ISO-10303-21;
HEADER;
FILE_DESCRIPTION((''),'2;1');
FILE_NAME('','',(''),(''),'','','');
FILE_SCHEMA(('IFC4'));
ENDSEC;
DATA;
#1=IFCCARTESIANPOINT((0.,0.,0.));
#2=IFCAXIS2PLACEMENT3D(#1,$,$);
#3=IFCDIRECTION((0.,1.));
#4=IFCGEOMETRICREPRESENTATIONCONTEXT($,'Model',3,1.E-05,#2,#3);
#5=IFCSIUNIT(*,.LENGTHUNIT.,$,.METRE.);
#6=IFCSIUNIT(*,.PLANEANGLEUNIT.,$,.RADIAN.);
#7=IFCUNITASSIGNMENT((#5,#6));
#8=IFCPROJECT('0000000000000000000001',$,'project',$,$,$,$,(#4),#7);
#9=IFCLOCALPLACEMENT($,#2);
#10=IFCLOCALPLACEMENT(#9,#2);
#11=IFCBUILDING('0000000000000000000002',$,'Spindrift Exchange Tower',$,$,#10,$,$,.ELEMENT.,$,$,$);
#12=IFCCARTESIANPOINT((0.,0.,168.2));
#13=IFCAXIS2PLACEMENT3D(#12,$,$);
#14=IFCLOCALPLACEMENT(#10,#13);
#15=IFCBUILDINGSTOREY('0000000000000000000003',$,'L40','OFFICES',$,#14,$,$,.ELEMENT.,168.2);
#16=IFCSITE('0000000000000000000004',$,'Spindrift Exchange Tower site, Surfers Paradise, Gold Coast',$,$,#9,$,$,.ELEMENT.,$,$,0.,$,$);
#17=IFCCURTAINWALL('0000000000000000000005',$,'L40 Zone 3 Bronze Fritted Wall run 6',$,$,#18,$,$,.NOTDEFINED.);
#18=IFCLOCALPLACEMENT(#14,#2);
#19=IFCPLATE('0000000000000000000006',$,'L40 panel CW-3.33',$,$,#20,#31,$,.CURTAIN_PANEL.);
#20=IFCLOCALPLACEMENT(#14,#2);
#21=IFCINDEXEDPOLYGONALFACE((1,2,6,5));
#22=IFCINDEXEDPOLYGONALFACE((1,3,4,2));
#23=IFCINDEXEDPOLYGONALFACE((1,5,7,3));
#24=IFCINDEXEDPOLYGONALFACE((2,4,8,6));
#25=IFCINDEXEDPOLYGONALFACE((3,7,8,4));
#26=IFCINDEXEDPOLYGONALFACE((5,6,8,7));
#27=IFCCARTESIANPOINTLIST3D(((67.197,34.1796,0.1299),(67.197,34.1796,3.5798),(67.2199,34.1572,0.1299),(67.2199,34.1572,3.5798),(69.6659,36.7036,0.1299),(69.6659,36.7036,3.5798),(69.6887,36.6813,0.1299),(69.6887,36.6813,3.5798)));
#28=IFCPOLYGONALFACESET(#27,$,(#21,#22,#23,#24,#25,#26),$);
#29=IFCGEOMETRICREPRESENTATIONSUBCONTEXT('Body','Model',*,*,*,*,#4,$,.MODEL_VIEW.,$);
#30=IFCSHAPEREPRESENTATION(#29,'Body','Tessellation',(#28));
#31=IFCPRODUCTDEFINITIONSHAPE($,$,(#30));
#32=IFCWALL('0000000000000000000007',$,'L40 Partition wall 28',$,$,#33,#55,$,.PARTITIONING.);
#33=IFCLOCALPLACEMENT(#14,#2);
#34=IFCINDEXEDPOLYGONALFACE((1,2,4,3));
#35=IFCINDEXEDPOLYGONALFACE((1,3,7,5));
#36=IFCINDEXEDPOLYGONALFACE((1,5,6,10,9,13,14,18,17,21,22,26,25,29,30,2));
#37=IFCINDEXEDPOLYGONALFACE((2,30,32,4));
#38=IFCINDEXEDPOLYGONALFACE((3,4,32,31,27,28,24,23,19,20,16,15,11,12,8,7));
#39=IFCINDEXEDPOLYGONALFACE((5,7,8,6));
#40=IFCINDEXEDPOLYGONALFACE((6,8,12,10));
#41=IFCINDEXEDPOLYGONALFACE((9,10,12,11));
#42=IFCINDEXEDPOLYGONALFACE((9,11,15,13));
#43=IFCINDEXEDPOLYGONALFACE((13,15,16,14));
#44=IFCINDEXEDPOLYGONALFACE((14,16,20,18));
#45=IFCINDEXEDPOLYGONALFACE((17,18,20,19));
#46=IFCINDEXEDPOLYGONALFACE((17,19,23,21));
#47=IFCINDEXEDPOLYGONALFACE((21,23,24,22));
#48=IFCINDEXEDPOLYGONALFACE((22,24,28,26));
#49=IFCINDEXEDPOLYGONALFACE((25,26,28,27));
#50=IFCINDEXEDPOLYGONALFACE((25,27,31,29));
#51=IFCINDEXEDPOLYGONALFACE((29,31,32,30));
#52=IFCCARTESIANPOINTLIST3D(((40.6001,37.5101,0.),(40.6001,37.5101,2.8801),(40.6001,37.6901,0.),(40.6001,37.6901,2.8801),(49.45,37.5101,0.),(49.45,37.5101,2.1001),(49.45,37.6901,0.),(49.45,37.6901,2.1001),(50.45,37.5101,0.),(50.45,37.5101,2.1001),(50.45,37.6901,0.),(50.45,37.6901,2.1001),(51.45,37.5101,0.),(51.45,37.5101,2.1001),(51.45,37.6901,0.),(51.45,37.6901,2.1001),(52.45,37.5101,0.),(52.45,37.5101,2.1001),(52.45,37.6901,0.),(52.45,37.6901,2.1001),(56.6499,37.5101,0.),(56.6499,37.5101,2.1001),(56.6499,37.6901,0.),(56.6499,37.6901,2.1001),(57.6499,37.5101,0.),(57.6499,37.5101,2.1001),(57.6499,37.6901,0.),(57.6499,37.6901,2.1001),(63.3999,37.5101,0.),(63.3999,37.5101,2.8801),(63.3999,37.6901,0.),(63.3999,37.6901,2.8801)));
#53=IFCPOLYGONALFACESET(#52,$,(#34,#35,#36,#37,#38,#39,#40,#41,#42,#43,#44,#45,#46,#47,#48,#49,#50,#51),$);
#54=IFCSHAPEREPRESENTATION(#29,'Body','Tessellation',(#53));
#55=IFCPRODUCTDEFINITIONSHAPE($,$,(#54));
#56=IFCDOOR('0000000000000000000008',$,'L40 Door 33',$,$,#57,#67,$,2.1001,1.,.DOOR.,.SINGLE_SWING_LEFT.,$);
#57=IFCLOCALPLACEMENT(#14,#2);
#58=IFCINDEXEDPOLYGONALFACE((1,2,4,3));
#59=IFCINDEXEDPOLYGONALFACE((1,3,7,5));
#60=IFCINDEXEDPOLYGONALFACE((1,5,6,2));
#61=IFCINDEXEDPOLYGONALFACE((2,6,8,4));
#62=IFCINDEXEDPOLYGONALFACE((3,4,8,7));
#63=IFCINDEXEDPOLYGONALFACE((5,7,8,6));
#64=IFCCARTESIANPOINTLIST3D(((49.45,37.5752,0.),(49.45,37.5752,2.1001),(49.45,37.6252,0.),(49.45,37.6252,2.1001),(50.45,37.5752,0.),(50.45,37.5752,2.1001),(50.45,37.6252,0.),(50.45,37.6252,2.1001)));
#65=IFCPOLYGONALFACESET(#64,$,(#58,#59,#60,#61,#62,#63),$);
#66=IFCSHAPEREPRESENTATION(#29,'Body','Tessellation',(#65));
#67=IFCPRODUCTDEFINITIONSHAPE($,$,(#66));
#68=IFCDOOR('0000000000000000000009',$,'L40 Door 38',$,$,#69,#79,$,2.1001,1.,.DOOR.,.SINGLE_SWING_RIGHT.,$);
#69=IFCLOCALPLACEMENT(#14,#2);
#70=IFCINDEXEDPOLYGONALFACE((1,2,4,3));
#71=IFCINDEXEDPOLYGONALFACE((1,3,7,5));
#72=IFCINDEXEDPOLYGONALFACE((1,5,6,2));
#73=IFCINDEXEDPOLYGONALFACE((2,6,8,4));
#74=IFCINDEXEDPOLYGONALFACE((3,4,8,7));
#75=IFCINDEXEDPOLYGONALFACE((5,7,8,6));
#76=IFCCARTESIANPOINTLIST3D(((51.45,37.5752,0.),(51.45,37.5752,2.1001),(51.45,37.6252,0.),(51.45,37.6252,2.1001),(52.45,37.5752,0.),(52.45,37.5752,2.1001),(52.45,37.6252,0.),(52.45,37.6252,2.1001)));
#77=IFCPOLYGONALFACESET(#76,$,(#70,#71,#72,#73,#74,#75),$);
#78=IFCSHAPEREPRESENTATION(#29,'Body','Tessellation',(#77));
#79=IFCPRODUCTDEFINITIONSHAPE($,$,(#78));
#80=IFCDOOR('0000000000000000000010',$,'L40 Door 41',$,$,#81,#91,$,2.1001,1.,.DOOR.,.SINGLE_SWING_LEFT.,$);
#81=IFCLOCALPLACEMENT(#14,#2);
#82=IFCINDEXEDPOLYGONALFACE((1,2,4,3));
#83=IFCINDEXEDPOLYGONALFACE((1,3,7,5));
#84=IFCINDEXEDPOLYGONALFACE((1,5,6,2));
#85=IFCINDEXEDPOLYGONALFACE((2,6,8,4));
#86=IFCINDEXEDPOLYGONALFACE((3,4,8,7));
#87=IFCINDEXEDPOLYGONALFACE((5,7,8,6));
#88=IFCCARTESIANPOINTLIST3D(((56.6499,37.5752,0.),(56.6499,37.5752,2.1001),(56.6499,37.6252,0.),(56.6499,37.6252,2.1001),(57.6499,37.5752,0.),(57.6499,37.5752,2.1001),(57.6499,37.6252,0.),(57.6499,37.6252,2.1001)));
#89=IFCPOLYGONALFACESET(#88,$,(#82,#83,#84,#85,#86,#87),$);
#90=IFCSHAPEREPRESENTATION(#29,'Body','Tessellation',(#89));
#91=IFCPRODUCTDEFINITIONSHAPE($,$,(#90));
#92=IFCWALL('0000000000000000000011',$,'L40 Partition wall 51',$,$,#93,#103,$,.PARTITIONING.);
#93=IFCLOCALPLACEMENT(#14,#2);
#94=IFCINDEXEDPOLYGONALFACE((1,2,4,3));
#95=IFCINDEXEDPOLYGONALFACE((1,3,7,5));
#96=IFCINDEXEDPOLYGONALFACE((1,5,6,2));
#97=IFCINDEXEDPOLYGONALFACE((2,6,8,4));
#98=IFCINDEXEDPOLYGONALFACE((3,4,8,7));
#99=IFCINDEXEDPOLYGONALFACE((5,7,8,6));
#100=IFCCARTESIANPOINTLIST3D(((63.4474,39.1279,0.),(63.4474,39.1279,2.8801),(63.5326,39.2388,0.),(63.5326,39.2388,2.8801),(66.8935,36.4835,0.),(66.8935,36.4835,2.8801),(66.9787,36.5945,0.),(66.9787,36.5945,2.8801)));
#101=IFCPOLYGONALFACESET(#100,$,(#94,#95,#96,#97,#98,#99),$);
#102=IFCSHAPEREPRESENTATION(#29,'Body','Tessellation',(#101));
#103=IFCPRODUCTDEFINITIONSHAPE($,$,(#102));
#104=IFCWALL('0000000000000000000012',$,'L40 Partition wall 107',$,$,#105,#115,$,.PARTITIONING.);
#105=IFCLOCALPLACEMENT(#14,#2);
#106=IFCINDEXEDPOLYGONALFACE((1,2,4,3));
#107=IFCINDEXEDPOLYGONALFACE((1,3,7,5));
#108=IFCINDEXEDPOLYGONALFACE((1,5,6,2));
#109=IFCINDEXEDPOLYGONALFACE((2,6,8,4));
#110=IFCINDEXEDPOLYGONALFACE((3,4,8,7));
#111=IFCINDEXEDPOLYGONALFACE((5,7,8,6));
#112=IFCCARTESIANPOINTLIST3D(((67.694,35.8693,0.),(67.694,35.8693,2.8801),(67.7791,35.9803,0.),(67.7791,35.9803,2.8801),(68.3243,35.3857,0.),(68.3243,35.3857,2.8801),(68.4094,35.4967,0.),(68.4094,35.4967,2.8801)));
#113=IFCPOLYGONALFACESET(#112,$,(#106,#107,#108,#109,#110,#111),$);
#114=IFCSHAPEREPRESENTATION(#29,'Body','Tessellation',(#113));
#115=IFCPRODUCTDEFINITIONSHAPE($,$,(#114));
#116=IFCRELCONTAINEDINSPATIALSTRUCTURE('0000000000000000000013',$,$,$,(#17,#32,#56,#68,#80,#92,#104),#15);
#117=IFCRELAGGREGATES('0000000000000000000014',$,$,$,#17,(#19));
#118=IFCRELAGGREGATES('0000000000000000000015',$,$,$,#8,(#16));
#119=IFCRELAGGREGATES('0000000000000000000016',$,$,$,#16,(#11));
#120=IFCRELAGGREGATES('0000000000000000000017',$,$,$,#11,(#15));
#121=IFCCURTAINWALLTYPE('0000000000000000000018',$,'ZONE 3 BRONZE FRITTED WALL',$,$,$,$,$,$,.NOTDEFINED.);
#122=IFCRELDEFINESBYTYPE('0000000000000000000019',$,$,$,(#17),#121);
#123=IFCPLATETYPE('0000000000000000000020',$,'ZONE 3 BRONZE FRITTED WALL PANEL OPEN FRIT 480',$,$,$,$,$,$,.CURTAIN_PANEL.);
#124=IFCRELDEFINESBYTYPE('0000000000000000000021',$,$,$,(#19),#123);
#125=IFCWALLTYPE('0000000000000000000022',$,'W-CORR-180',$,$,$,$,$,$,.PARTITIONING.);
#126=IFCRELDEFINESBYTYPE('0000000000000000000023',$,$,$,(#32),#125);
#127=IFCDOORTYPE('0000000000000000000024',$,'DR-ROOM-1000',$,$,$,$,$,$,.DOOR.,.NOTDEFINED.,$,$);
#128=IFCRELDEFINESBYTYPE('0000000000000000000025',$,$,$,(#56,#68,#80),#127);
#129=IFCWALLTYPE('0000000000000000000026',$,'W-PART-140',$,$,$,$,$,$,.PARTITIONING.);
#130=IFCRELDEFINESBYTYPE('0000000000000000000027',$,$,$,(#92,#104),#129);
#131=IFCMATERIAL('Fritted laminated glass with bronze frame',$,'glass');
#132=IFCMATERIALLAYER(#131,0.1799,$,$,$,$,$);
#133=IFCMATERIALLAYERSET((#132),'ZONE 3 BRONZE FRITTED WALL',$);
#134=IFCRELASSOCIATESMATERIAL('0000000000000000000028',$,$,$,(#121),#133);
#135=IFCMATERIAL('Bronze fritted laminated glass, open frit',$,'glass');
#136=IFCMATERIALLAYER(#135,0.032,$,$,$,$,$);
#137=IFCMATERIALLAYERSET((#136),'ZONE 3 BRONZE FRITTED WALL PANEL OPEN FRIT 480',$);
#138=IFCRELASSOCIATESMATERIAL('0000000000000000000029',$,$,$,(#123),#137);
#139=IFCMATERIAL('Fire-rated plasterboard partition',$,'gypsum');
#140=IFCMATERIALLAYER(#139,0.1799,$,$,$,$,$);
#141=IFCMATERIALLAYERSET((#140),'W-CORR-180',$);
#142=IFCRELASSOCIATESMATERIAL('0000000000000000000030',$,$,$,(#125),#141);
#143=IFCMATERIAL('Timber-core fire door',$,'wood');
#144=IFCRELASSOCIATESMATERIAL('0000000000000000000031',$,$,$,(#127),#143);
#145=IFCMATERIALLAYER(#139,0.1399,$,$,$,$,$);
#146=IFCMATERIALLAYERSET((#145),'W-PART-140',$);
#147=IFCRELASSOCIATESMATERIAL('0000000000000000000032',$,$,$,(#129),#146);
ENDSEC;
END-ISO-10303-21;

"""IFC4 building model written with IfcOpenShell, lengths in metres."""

from ifc_helpers import new_model, si_unit, direction, frame, frame_2d, origin, origin_2d, place, context, subcontext, project, spatial, rectangle, extrude, source, transform, mapped, material, layer, layer_set, type_object, element, fill, aggregate, save


model = new_model("IFC4")

# Units and contexts
model_context = context("Model", 3, precision=1e-05, world=origin(), true_north=direction((0.0, 1.0)))
body_context = subcontext(model_context, "Body", "Model", "MODEL_VIEW")
ifc_project = project(units=[si_unit("LENGTHUNIT", "METRE"), si_unit("PLANEANGLEUNIT", "RADIAN")], contexts=[model_context])

# Site, building, storey
site_placement = place(None, origin())
site = spatial("IfcSite", under=ifc_project, at=site_placement, Name="Spindrift Exchange Tower site, Surfers Paradise, Gold Coast", CompositionType="ELEMENT", RefElevation=0.0)
building_placement = place(site_placement, origin())
building = spatial("IfcBuilding", under=site, at=building_placement, Name="Spindrift Exchange Tower", CompositionType="ELEMENT")
storey_placement = place(building_placement, frame((0.0, 0.0, 168.2)))
storey = spatial("IfcBuildingStorey", under=building, at=storey_placement, Name="L40", Description="OFFICES", CompositionType="ELEMENT", Elevation=168.2)

# Curtain wall, plate
ifc_material_1 = material(Name="Fritted laminated glass with bronze frame", Category="glass")
ifc_layer_1 = layer(ifc_material_1, 0.1799)
ifc_layer_set_1 = layer_set([ifc_layer_1], Name="ZONE 3 BRONZE FRITTED WALL")
curtain_wall_type = type_object("IfcCurtainWallType", Name="ZONE 3 BRONZE FRITTED WALL", PredefinedType="NOTDEFINED", material=ifc_layer_set_1)
curtain_wall_placement = place(storey_placement, origin())
curtain_wall = element("IfcCurtainWall", 1, at=curtain_wall_placement, inside=storey, type_object=curtain_wall_type, Name="L40 Zone 3 Bronze Fritted Wall run 6", PredefinedType="NOTDEFINED")
ifc_material_2 = material(Name="Bronze fritted laminated glass, open frit", Category="glass")
ifc_layer_2 = layer(ifc_material_2, 0.032)
ifc_layer_set_2 = layer_set([ifc_layer_2], Name="ZONE 3 BRONZE FRITTED WALL PANEL OPEN FRIT 480")
plate_type_1 = type_object("IfcPlateType", Name="ZONE 3 BRONZE FRITTED WALL PANEL OPEN FRIT 480", PredefinedType="CURTAIN_PANEL", material=ifc_layer_set_2)
shared_shape_1 = source(origin(), body_context, "Body", "SweptSolid", [
    extrude(rectangle(XDim=3.5308, YDim=0.032, at=origin_2d()), origin(), (0.0, 0.0, 1.0), 3.45),
])
plate_1_placement = place(storey_placement, frame((68.4429, 35.4304, 0.1299), z_axis=(0.0, 0.0, 1.0), x_axis=(0.699245, 0.714882, 0.0)))
plate_1 = element("IfcPlate", 2, at=plate_1_placement, type_object=plate_type_1, Name="L40 panel CW-3.33", PredefinedType="CURTAIN_PANEL", context=body_context, shape_type="MappedRepresentation", body=[
    mapped(shared_shape_1, transform((0.0, 0.0, 0.0), scale=1.0)),
])
aggregate(curtain_wall, [plate_1])

# Wall, openings, doors
ifc_material_3 = material(Name="Fire-rated plasterboard partition", Category="gypsum")
ifc_layer_3 = layer(ifc_material_3, 0.1799)
ifc_layer_set_3 = layer_set([ifc_layer_3], Name="W-CORR-180")
wall_type_1 = type_object("IfcWallType", Name="W-CORR-180", PredefinedType="PARTITIONING", material=ifc_layer_set_3)
wall_1_placement = place(storey_placement, frame((63.3999, 37.6001, 0.0), z_axis=(0.0, 0.0, 1.0), x_axis=(-1.0, 0.0, 0.0)))
wall_1 = element("IfcWall", 3, at=wall_1_placement, inside=storey, type_object=wall_type_1, Name="L40 Partition wall 28", PredefinedType="PARTITIONING", context=body_context, shape_type="SweptSolid", body=[
    extrude(rectangle(XDim=22.7998, YDim=0.1799, at=frame_2d((11.3999, 0.0))), origin(), (0.0, 0.0, 1.0), 2.8801),
])
opening_1_placement = place(wall_1_placement, frame((12.95, 0.0, 0.0)))
opening_1 = element("IfcOpeningElement", 4, at=opening_1_placement, cuts=wall_1, PredefinedType="OPENING", context=body_context, shape_type="SweptSolid", body=[
    extrude(rectangle(XDim=1.0, YDim=2.1001, at=frame_2d((0.5, 1.05))), frame((0.0, 0.0999, 0.0), z_axis=(0.0, -1.0, 0.0), x_axis=(1.0, 0.0, 0.0)), (0.0, 0.0, 1.0), 0.2),
])
opening_2_placement = place(wall_1_placement, frame((10.95, 0.0, 0.0)))
opening_2 = element("IfcOpeningElement", 5, at=opening_2_placement, cuts=wall_1, PredefinedType="OPENING", context=body_context, shape_type="SweptSolid", body=[
    extrude(rectangle(XDim=1.0, YDim=2.1001, at=frame_2d((0.5, 1.05))), frame((0.0, 0.0999, 0.0), z_axis=(0.0, -1.0, 0.0), x_axis=(1.0, 0.0, 0.0)), (0.0, 0.0, 1.0), 0.2),
])
opening_3_placement = place(wall_1_placement, frame((5.75, 0.0, 0.0)))
opening_3 = element("IfcOpeningElement", 6, at=opening_3_placement, cuts=wall_1, PredefinedType="OPENING", context=body_context, shape_type="SweptSolid", body=[
    extrude(rectangle(XDim=1.0, YDim=2.1001, at=frame_2d((0.5, 1.05))), frame((0.0, 0.0999, 0.0), z_axis=(0.0, -1.0, 0.0), x_axis=(1.0, 0.0, 0.0)), (0.0, 0.0, 1.0), 0.2),
])
ifc_material_4 = material(Name="Timber-core fire door", Category="wood")
door_type = type_object("IfcDoorType", Name="DR-ROOM-1000", OperationType="NOTDEFINED", PredefinedType="DOOR", material=ifc_material_4)
shared_shape_2 = source(origin(), body_context, "Body", "SweptSolid", [
    extrude(rectangle(XDim=1.0, YDim=2.1001, at=frame_2d((0.5, 1.05))), frame((0.0, 0.0249, 0.0), z_axis=(0.0, -1.0, 0.0), x_axis=(1.0, 0.0, 0.0)), (0.0, 0.0, 1.0), 0.05),
])
door_1_placement = place(opening_1_placement, origin())
door_1 = element("IfcDoor", 7, at=door_1_placement, inside=storey, type_object=door_type, Name="L40 Door 33", OperationType="SINGLE_SWING_LEFT", OverallHeight=2.1001, OverallWidth=1.0, PredefinedType="DOOR", context=body_context, shape_type="MappedRepresentation", body=[
    mapped(shared_shape_2, transform((0.0, 0.0, 0.0), scale=1.0)),
])
fill(opening_1, door_1)
door_2_placement = place(opening_2_placement, origin())
door_2 = element("IfcDoor", 8, at=door_2_placement, inside=storey, type_object=door_type, Name="L40 Door 38", OperationType="SINGLE_SWING_RIGHT", OverallHeight=2.1001, OverallWidth=1.0, PredefinedType="DOOR", context=body_context, shape_type="MappedRepresentation", body=[
    mapped(shared_shape_2, transform((0.0, 0.0, 0.0), scale=1.0)),
])
fill(opening_2, door_2)
door_3_placement = place(opening_3_placement, origin())
door_3 = element("IfcDoor", 9, at=door_3_placement, inside=storey, type_object=door_type, Name="L40 Door 41", OperationType="SINGLE_SWING_LEFT", OverallHeight=2.1001, OverallWidth=1.0, PredefinedType="DOOR", context=body_context, shape_type="MappedRepresentation", body=[
    mapped(shared_shape_2, transform((0.0, 0.0, 0.0), scale=1.0)),
])
fill(opening_3, door_3)

# Walls
ifc_layer_4 = layer(ifc_material_3, 0.1399)
ifc_layer_set_4 = layer_set([ifc_layer_4], Name="W-PART-140")
wall_type_2 = type_object("IfcWallType", Name="W-PART-140", PredefinedType="PARTITIONING", material=ifc_layer_set_4)
wall_2_placement = place(storey_placement, frame((63.49, 39.1833, 0.0), z_axis=(0.0, 0.0, 1.0), x_axis=(0.793348, -0.608768, 0.0)))
element("IfcWall", 10, at=wall_2_placement, inside=storey, type_object=wall_type_2, Name="L40 Partition wall 51", PredefinedType="PARTITIONING", context=body_context, shape_type="SweptSolid", body=[
    extrude(rectangle(XDim=4.3438, YDim=0.1399, at=frame_2d((2.1719, 0.0))), origin(), (0.0, 0.0, 1.0), 2.8801),
])
wall_3_placement = place(storey_placement, frame((67.7366, 35.9248, 0.0), z_axis=(0.0, 0.0, 1.0), x_axis=(0.793389, -0.608715, 0.0)))
element("IfcWall", 11, at=wall_3_placement, inside=storey, type_object=wall_type_2, Name="L40 Partition wall 107", PredefinedType="PARTITIONING", context=body_context, shape_type="SweptSolid", body=[
    extrude(rectangle(XDim=0.7944, YDim=0.1399, at=frame_2d((0.3972, 0.0))), origin(), (0.0, 0.0, 1.0), 2.8801),
])

save(model, "model.ifc")
